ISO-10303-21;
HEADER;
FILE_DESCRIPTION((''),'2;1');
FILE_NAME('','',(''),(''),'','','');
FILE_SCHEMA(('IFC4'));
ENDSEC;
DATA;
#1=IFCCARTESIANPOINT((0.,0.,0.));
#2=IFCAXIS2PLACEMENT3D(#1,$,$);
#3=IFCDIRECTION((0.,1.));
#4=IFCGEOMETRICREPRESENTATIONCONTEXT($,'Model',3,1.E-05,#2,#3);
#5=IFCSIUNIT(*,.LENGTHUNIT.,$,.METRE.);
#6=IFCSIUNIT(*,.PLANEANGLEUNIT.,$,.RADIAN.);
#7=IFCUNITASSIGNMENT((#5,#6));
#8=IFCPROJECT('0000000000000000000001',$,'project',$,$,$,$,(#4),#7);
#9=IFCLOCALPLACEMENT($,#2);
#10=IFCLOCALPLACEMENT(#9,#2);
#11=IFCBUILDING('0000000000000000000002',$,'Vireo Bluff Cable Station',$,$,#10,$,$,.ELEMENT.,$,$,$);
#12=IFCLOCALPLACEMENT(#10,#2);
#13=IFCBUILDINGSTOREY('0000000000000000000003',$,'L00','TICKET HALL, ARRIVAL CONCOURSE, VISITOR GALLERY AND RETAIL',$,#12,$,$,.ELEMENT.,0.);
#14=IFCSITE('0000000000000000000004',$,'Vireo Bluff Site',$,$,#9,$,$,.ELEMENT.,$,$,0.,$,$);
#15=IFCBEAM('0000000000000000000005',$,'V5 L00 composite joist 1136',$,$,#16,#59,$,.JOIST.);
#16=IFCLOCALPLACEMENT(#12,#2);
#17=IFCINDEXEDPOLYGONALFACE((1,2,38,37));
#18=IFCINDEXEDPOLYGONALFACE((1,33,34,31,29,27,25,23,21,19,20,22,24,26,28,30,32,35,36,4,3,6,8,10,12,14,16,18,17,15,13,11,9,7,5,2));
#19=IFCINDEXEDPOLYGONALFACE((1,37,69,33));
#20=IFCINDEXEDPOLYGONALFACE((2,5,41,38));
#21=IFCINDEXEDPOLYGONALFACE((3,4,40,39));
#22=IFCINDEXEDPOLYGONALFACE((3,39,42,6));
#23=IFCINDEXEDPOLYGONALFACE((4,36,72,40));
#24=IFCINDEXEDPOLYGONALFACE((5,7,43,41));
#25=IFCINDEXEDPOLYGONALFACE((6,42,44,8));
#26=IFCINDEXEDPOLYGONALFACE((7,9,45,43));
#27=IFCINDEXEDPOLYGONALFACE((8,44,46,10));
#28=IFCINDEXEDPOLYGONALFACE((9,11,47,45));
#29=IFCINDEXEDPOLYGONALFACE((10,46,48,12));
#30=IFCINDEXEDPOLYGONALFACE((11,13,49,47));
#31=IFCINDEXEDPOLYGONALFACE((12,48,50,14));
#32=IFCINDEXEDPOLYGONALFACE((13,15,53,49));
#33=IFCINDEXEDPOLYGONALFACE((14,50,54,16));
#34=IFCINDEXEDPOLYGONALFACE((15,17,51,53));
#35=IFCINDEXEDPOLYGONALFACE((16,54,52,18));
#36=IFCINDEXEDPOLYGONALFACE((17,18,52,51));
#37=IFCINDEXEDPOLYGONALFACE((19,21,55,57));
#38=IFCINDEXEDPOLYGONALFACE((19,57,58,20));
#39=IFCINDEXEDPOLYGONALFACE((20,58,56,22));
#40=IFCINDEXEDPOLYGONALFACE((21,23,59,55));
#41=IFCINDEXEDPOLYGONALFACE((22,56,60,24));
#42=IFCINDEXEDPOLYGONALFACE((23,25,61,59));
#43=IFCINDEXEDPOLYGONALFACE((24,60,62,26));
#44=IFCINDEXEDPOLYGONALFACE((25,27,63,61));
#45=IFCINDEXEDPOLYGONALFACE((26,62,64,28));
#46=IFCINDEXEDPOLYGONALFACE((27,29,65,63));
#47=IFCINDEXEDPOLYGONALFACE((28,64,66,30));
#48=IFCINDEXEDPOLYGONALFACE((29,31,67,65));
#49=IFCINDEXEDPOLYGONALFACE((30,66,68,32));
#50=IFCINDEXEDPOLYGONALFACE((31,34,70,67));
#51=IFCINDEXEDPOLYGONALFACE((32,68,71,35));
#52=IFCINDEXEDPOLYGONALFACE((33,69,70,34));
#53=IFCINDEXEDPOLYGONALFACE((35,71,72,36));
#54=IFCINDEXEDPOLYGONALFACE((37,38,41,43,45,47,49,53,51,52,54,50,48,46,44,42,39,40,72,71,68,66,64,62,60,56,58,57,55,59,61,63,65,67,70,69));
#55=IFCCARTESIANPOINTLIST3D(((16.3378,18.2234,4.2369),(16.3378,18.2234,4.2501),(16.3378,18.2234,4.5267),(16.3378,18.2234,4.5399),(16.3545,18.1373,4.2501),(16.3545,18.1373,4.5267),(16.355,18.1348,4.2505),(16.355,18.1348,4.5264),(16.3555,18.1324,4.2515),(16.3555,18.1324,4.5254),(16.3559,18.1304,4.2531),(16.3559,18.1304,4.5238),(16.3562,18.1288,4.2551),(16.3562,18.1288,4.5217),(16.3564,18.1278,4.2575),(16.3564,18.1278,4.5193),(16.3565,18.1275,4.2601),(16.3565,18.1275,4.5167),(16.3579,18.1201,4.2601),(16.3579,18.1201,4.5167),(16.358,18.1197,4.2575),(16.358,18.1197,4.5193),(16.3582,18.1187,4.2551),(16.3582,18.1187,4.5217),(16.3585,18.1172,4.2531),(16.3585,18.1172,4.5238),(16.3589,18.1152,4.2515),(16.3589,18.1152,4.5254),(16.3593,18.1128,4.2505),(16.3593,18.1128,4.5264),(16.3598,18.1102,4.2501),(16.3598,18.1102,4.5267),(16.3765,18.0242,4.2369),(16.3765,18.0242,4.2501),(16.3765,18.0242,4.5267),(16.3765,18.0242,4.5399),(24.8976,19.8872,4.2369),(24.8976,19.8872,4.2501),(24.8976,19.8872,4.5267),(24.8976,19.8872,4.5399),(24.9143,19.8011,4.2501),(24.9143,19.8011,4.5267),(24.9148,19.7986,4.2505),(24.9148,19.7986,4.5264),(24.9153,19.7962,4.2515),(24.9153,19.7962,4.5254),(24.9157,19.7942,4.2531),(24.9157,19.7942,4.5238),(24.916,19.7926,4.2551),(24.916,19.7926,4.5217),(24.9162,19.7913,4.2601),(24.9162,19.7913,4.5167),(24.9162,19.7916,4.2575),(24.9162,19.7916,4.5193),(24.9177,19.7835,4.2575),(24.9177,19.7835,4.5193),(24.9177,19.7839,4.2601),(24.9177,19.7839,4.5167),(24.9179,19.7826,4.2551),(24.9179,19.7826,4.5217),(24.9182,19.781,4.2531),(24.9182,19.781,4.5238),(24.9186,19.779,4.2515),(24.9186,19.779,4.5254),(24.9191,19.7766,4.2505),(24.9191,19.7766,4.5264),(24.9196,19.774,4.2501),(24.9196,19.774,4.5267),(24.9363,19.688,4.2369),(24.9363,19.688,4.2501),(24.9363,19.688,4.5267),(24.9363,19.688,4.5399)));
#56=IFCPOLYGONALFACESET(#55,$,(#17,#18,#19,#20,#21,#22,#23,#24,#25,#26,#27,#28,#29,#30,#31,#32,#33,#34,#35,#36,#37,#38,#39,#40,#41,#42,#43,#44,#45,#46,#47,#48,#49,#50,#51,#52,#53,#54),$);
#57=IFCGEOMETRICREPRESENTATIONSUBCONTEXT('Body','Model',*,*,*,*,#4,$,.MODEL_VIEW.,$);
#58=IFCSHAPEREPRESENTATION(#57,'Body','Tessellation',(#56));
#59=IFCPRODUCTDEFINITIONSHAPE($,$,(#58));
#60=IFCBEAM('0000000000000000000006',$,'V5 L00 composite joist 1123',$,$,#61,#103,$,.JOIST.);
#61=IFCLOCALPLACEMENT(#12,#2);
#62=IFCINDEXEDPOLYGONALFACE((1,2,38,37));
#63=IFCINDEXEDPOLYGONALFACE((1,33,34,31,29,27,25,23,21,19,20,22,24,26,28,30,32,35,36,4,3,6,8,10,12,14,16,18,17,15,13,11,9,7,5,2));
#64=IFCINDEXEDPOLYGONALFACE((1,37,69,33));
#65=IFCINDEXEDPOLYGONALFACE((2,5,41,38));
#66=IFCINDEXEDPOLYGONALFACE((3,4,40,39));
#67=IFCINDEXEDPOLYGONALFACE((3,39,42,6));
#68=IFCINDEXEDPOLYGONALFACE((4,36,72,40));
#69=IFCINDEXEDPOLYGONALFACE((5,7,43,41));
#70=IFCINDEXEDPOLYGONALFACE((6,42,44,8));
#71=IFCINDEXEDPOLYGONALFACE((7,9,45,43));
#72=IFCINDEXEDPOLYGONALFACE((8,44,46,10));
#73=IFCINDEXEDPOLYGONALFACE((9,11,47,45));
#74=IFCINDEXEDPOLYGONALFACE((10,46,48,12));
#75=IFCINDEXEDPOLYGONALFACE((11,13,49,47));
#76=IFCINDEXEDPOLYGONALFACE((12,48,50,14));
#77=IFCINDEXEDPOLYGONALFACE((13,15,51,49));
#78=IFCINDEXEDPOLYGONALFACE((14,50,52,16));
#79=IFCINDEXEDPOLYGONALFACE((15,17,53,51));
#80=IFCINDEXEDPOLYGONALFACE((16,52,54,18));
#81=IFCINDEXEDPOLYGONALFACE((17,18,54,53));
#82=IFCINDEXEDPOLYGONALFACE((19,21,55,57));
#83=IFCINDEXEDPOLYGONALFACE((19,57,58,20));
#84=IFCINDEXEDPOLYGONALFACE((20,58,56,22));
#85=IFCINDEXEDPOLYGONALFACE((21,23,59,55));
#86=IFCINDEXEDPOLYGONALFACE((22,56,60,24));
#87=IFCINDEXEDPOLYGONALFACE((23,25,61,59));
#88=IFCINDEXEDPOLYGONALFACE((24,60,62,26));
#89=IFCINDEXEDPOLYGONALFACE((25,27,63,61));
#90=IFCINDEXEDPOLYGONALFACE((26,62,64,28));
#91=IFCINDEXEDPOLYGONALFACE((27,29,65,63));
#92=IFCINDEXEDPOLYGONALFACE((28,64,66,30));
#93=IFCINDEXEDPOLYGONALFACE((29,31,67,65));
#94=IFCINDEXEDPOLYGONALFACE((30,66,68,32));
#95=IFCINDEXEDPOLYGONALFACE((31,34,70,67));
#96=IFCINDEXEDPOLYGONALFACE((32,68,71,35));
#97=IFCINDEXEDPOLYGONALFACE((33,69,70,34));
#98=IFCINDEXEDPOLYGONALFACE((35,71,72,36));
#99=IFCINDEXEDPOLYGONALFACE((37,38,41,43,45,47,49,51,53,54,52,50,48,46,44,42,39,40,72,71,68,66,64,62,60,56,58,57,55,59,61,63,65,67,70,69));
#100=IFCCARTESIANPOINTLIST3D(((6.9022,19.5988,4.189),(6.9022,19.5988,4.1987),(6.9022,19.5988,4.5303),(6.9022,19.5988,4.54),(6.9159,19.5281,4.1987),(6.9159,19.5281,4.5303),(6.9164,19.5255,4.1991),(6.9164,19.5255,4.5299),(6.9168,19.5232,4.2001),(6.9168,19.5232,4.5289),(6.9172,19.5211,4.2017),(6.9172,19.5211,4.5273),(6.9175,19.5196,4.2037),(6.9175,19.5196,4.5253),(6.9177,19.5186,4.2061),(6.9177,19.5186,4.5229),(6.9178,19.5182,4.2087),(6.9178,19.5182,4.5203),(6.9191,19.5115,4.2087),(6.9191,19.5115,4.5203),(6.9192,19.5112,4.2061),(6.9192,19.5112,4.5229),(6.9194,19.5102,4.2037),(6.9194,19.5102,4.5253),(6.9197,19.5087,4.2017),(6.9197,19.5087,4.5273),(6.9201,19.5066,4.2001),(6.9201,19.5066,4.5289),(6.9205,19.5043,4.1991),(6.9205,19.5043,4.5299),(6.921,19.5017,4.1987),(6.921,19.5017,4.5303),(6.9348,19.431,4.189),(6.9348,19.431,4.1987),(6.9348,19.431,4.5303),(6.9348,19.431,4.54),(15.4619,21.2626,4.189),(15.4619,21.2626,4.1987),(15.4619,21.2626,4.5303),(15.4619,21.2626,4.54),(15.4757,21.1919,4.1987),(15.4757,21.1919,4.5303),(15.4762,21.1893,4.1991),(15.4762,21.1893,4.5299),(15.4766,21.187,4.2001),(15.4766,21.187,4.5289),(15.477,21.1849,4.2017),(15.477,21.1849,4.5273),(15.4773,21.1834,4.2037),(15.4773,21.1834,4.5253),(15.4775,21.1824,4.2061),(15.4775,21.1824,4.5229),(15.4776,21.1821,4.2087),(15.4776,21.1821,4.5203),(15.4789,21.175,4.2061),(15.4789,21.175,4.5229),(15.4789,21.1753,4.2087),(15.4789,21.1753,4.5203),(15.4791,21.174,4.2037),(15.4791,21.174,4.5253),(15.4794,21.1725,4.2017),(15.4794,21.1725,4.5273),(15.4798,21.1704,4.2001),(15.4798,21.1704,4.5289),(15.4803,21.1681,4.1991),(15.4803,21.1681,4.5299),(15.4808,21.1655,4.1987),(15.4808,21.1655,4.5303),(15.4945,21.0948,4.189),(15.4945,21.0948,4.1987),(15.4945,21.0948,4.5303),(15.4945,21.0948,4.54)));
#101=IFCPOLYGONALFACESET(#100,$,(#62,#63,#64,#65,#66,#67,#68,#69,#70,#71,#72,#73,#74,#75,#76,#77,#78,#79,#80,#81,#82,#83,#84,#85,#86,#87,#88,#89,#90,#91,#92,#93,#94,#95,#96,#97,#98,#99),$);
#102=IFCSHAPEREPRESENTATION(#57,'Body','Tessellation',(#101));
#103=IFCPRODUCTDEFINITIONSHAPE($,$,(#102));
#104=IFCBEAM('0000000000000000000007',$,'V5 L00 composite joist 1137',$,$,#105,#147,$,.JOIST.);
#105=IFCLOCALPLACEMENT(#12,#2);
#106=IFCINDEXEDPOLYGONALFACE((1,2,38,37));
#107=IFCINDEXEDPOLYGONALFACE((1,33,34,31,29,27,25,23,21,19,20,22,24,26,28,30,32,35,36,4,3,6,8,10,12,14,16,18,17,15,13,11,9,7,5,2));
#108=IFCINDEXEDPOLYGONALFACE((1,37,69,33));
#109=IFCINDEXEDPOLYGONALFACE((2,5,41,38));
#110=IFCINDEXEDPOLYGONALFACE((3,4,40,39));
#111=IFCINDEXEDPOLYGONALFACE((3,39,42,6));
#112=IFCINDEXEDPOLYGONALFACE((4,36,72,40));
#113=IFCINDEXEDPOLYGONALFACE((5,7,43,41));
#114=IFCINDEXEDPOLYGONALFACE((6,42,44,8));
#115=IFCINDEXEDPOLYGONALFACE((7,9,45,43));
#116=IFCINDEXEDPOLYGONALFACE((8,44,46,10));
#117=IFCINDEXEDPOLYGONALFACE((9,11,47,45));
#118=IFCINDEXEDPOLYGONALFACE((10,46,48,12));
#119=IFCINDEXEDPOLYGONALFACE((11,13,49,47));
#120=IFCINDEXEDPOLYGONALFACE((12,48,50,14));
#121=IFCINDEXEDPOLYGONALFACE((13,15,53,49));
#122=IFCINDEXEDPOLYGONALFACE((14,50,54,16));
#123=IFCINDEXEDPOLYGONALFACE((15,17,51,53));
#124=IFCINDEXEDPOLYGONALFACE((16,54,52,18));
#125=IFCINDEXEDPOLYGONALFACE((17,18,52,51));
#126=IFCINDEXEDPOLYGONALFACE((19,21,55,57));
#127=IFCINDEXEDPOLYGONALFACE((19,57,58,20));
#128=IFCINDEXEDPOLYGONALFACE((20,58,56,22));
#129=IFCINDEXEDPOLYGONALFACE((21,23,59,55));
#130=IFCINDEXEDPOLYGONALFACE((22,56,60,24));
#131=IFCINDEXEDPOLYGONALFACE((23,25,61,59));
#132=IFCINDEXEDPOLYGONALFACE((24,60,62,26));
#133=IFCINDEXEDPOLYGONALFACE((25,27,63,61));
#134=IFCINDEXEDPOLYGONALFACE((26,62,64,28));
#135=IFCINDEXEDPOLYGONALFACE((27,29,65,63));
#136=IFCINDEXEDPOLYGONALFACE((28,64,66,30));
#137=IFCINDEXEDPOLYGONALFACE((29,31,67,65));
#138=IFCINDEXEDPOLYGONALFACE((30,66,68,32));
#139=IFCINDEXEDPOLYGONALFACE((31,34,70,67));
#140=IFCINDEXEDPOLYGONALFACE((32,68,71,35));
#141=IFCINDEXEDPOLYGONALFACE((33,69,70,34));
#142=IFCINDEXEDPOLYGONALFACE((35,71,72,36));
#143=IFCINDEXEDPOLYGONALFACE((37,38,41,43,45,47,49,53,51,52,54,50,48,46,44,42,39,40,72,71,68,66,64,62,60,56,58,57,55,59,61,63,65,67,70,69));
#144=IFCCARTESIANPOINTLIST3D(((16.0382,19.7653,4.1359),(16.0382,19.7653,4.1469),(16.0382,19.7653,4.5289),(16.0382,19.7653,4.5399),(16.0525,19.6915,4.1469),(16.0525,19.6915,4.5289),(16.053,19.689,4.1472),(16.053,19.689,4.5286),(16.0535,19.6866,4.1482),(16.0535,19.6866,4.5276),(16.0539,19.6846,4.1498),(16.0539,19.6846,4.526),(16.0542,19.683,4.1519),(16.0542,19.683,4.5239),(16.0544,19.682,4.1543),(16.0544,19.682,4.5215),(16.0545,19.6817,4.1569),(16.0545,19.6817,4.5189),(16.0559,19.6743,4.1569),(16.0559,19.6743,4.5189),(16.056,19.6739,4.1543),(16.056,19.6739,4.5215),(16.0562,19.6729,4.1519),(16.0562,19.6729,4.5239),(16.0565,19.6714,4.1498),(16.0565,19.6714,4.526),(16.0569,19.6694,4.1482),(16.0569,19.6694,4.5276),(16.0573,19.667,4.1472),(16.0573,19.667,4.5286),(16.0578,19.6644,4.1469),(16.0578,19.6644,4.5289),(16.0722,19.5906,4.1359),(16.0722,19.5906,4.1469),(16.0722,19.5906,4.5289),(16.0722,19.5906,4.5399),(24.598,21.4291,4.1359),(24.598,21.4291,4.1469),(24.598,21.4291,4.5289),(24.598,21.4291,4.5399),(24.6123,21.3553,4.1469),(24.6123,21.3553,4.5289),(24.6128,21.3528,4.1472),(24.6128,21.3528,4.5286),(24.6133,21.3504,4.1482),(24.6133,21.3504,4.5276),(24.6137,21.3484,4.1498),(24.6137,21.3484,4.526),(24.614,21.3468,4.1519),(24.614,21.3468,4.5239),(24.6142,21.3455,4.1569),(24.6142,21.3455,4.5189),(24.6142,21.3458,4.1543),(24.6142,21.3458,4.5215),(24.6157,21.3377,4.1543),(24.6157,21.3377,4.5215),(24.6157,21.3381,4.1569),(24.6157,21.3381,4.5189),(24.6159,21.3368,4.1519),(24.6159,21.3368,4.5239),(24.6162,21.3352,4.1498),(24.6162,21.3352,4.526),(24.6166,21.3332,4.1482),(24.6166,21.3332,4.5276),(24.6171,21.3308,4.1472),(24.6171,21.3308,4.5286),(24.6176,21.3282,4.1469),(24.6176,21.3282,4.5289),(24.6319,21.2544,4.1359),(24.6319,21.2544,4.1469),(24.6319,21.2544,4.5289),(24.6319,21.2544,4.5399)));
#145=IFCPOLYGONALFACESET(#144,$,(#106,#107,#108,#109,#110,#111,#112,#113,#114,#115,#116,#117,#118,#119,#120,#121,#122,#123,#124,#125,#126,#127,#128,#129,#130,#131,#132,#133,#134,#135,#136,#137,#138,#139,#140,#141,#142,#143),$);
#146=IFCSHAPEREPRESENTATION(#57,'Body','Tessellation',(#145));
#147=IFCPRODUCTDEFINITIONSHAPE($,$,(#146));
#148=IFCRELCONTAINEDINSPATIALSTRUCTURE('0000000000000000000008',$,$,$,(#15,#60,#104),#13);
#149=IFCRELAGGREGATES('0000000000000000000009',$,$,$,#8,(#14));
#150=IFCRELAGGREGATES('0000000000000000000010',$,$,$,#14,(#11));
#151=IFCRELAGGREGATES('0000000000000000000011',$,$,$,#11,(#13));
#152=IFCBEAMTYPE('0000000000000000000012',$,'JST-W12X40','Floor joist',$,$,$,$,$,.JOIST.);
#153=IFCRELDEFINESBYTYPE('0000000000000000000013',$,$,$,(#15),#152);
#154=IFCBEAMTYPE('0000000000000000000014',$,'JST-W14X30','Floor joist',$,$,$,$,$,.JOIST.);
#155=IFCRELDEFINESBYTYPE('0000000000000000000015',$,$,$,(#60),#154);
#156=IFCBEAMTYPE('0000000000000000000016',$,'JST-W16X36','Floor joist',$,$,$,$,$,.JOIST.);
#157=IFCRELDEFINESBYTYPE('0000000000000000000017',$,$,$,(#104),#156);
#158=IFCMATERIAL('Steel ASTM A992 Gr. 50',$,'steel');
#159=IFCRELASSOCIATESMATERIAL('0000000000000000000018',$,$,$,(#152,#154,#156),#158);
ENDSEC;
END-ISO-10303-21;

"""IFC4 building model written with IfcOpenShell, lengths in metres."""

from ifc_helpers import new_model, si_unit, direction, frame, origin, origin_2d, place, context, subcontext, project, spatial, i_section, extrude, material, material_profile, profile_set, type_object, element, save


model = new_model("IFC4")

# Units and contexts
model_context = context("Model", 3, precision=1e-05, world=origin(), true_north=direction((0.0, 1.0)))
body_context = subcontext(model_context, "Body", "Model", "MODEL_VIEW")
ifc_project = project(units=[si_unit("LENGTHUNIT", "METRE"), si_unit("PLANEANGLEUNIT", "RADIAN")], contexts=[model_context])

# Site, building, storey
site_placement = place(None, origin())
site = spatial("IfcSite", under=ifc_project, at=site_placement, Name="Vireo Bluff Site", CompositionType="ELEMENT", RefElevation=0.0)
building_placement = place(site_placement, origin())
building = spatial("IfcBuilding", under=site, at=building_placement, Name="Vireo Bluff Cable Station", CompositionType="ELEMENT")
storey_placement = place(building_placement, origin())
storey = spatial("IfcBuildingStorey", under=building, at=storey_placement, Name="L00", Description="TICKET HALL, ARRIVAL CONCOURSE, VISITOR GALLERY AND RETAIL", CompositionType="ELEMENT", Elevation=0.0)

# Shared definitions
ifc_material_1 = material(Name="Steel ASTM A992 Gr. 50", Category="steel")

# Beams
ifc_material_profile_1 = material_profile(ifc_material_1, i_section(OverallWidth=0.2029, OverallDepth=0.303, WebThickness=0.0076, FlangeThickness=0.0132, FilletRadius=0.01, at=origin_2d()), Name="W12X40")
ifc_profile_set_1 = profile_set([ifc_material_profile_1], Name="Steel ASTM A992 Gr. 50")
beam_type_1 = type_object("IfcBeamType", Name="JST-W12X40", Description="Floor joist", PredefinedType="JOIST", material=ifc_profile_set_1)
beam_1_placement = place(storey_placement, frame((16.3572, 18.1238, 4.3884), z_axis=(0.981628, 0.190804, 0.0), x_axis=(-0.190804, 0.981628, 0.0)))
element("IfcBeam", 1, at=beam_1_placement, inside=storey, type_object=beam_type_1, Name="V5 L00 composite joist 1136", PredefinedType="JOIST", context=body_context, shape_type="SweptSolid", body=[
    extrude(i_section(OverallWidth=0.2029, OverallDepth=0.303, WebThickness=0.0076, FlangeThickness=0.0132, FilletRadius=0.01, at=origin_2d()), origin(), (0.0, 0.0, 1.0), 8.72),
])
ifc_material_profile_2 = material_profile(ifc_material_1, i_section(OverallWidth=0.1709, OverallDepth=0.3511, WebThickness=0.0068, FlangeThickness=0.0098, FilletRadius=0.01, at=origin_2d()), Name="W14X30")
ifc_profile_set_2 = profile_set([ifc_material_profile_2], Name="Steel ASTM A992 Gr. 50")
beam_type_2 = type_object("IfcBeamType", Name="JST-W14X30", Description="Floor joist", PredefinedType="JOIST", material=ifc_profile_set_2)
beam_2_placement = place(storey_placement, frame((6.9185, 19.5149, 4.3645), z_axis=(0.981628, 0.190804, 0.0), x_axis=(-0.190804, 0.981628, 0.0)))
element("IfcBeam", 2, at=beam_2_placement, inside=storey, type_object=beam_type_2, Name="V5 L00 composite joist 1123", PredefinedType="JOIST", context=body_context, shape_type="SweptSolid", body=[
    extrude(i_section(OverallWidth=0.1709, OverallDepth=0.3511, WebThickness=0.0068, FlangeThickness=0.0098, FilletRadius=0.01, at=origin_2d()), origin(), (0.0, 0.0, 1.0), 8.72),
])
ifc_material_profile_3 = material_profile(ifc_material_1, i_section(OverallWidth=0.178, OverallDepth=0.4041, WebThickness=0.0076, FlangeThickness=0.011, FilletRadius=0.01, at=origin_2d()), Name="W16X36")
ifc_profile_set_3 = profile_set([ifc_material_profile_3], Name="Steel ASTM A992 Gr. 50")
beam_type_3 = type_object("IfcBeamType", Name="JST-W16X36", Description="Floor joist", PredefinedType="JOIST", material=ifc_profile_set_3)
beam_3_placement = place(storey_placement, frame((16.0552, 19.678, 4.3379), z_axis=(0.981628, 0.190804, 0.0), x_axis=(-0.190804, 0.981628, 0.0)))
element("IfcBeam", 3, at=beam_3_placement, inside=storey, type_object=beam_type_3, Name="V5 L00 composite joist 1137", PredefinedType="JOIST", context=body_context, shape_type="SweptSolid", body=[
    extrude(i_section(OverallWidth=0.178, OverallDepth=0.4041, WebThickness=0.0076, FlangeThickness=0.011, FilletRadius=0.01, at=origin_2d()), origin(), (0.0, 0.0, 1.0), 8.72),
])

save(model, "model.ifc")
